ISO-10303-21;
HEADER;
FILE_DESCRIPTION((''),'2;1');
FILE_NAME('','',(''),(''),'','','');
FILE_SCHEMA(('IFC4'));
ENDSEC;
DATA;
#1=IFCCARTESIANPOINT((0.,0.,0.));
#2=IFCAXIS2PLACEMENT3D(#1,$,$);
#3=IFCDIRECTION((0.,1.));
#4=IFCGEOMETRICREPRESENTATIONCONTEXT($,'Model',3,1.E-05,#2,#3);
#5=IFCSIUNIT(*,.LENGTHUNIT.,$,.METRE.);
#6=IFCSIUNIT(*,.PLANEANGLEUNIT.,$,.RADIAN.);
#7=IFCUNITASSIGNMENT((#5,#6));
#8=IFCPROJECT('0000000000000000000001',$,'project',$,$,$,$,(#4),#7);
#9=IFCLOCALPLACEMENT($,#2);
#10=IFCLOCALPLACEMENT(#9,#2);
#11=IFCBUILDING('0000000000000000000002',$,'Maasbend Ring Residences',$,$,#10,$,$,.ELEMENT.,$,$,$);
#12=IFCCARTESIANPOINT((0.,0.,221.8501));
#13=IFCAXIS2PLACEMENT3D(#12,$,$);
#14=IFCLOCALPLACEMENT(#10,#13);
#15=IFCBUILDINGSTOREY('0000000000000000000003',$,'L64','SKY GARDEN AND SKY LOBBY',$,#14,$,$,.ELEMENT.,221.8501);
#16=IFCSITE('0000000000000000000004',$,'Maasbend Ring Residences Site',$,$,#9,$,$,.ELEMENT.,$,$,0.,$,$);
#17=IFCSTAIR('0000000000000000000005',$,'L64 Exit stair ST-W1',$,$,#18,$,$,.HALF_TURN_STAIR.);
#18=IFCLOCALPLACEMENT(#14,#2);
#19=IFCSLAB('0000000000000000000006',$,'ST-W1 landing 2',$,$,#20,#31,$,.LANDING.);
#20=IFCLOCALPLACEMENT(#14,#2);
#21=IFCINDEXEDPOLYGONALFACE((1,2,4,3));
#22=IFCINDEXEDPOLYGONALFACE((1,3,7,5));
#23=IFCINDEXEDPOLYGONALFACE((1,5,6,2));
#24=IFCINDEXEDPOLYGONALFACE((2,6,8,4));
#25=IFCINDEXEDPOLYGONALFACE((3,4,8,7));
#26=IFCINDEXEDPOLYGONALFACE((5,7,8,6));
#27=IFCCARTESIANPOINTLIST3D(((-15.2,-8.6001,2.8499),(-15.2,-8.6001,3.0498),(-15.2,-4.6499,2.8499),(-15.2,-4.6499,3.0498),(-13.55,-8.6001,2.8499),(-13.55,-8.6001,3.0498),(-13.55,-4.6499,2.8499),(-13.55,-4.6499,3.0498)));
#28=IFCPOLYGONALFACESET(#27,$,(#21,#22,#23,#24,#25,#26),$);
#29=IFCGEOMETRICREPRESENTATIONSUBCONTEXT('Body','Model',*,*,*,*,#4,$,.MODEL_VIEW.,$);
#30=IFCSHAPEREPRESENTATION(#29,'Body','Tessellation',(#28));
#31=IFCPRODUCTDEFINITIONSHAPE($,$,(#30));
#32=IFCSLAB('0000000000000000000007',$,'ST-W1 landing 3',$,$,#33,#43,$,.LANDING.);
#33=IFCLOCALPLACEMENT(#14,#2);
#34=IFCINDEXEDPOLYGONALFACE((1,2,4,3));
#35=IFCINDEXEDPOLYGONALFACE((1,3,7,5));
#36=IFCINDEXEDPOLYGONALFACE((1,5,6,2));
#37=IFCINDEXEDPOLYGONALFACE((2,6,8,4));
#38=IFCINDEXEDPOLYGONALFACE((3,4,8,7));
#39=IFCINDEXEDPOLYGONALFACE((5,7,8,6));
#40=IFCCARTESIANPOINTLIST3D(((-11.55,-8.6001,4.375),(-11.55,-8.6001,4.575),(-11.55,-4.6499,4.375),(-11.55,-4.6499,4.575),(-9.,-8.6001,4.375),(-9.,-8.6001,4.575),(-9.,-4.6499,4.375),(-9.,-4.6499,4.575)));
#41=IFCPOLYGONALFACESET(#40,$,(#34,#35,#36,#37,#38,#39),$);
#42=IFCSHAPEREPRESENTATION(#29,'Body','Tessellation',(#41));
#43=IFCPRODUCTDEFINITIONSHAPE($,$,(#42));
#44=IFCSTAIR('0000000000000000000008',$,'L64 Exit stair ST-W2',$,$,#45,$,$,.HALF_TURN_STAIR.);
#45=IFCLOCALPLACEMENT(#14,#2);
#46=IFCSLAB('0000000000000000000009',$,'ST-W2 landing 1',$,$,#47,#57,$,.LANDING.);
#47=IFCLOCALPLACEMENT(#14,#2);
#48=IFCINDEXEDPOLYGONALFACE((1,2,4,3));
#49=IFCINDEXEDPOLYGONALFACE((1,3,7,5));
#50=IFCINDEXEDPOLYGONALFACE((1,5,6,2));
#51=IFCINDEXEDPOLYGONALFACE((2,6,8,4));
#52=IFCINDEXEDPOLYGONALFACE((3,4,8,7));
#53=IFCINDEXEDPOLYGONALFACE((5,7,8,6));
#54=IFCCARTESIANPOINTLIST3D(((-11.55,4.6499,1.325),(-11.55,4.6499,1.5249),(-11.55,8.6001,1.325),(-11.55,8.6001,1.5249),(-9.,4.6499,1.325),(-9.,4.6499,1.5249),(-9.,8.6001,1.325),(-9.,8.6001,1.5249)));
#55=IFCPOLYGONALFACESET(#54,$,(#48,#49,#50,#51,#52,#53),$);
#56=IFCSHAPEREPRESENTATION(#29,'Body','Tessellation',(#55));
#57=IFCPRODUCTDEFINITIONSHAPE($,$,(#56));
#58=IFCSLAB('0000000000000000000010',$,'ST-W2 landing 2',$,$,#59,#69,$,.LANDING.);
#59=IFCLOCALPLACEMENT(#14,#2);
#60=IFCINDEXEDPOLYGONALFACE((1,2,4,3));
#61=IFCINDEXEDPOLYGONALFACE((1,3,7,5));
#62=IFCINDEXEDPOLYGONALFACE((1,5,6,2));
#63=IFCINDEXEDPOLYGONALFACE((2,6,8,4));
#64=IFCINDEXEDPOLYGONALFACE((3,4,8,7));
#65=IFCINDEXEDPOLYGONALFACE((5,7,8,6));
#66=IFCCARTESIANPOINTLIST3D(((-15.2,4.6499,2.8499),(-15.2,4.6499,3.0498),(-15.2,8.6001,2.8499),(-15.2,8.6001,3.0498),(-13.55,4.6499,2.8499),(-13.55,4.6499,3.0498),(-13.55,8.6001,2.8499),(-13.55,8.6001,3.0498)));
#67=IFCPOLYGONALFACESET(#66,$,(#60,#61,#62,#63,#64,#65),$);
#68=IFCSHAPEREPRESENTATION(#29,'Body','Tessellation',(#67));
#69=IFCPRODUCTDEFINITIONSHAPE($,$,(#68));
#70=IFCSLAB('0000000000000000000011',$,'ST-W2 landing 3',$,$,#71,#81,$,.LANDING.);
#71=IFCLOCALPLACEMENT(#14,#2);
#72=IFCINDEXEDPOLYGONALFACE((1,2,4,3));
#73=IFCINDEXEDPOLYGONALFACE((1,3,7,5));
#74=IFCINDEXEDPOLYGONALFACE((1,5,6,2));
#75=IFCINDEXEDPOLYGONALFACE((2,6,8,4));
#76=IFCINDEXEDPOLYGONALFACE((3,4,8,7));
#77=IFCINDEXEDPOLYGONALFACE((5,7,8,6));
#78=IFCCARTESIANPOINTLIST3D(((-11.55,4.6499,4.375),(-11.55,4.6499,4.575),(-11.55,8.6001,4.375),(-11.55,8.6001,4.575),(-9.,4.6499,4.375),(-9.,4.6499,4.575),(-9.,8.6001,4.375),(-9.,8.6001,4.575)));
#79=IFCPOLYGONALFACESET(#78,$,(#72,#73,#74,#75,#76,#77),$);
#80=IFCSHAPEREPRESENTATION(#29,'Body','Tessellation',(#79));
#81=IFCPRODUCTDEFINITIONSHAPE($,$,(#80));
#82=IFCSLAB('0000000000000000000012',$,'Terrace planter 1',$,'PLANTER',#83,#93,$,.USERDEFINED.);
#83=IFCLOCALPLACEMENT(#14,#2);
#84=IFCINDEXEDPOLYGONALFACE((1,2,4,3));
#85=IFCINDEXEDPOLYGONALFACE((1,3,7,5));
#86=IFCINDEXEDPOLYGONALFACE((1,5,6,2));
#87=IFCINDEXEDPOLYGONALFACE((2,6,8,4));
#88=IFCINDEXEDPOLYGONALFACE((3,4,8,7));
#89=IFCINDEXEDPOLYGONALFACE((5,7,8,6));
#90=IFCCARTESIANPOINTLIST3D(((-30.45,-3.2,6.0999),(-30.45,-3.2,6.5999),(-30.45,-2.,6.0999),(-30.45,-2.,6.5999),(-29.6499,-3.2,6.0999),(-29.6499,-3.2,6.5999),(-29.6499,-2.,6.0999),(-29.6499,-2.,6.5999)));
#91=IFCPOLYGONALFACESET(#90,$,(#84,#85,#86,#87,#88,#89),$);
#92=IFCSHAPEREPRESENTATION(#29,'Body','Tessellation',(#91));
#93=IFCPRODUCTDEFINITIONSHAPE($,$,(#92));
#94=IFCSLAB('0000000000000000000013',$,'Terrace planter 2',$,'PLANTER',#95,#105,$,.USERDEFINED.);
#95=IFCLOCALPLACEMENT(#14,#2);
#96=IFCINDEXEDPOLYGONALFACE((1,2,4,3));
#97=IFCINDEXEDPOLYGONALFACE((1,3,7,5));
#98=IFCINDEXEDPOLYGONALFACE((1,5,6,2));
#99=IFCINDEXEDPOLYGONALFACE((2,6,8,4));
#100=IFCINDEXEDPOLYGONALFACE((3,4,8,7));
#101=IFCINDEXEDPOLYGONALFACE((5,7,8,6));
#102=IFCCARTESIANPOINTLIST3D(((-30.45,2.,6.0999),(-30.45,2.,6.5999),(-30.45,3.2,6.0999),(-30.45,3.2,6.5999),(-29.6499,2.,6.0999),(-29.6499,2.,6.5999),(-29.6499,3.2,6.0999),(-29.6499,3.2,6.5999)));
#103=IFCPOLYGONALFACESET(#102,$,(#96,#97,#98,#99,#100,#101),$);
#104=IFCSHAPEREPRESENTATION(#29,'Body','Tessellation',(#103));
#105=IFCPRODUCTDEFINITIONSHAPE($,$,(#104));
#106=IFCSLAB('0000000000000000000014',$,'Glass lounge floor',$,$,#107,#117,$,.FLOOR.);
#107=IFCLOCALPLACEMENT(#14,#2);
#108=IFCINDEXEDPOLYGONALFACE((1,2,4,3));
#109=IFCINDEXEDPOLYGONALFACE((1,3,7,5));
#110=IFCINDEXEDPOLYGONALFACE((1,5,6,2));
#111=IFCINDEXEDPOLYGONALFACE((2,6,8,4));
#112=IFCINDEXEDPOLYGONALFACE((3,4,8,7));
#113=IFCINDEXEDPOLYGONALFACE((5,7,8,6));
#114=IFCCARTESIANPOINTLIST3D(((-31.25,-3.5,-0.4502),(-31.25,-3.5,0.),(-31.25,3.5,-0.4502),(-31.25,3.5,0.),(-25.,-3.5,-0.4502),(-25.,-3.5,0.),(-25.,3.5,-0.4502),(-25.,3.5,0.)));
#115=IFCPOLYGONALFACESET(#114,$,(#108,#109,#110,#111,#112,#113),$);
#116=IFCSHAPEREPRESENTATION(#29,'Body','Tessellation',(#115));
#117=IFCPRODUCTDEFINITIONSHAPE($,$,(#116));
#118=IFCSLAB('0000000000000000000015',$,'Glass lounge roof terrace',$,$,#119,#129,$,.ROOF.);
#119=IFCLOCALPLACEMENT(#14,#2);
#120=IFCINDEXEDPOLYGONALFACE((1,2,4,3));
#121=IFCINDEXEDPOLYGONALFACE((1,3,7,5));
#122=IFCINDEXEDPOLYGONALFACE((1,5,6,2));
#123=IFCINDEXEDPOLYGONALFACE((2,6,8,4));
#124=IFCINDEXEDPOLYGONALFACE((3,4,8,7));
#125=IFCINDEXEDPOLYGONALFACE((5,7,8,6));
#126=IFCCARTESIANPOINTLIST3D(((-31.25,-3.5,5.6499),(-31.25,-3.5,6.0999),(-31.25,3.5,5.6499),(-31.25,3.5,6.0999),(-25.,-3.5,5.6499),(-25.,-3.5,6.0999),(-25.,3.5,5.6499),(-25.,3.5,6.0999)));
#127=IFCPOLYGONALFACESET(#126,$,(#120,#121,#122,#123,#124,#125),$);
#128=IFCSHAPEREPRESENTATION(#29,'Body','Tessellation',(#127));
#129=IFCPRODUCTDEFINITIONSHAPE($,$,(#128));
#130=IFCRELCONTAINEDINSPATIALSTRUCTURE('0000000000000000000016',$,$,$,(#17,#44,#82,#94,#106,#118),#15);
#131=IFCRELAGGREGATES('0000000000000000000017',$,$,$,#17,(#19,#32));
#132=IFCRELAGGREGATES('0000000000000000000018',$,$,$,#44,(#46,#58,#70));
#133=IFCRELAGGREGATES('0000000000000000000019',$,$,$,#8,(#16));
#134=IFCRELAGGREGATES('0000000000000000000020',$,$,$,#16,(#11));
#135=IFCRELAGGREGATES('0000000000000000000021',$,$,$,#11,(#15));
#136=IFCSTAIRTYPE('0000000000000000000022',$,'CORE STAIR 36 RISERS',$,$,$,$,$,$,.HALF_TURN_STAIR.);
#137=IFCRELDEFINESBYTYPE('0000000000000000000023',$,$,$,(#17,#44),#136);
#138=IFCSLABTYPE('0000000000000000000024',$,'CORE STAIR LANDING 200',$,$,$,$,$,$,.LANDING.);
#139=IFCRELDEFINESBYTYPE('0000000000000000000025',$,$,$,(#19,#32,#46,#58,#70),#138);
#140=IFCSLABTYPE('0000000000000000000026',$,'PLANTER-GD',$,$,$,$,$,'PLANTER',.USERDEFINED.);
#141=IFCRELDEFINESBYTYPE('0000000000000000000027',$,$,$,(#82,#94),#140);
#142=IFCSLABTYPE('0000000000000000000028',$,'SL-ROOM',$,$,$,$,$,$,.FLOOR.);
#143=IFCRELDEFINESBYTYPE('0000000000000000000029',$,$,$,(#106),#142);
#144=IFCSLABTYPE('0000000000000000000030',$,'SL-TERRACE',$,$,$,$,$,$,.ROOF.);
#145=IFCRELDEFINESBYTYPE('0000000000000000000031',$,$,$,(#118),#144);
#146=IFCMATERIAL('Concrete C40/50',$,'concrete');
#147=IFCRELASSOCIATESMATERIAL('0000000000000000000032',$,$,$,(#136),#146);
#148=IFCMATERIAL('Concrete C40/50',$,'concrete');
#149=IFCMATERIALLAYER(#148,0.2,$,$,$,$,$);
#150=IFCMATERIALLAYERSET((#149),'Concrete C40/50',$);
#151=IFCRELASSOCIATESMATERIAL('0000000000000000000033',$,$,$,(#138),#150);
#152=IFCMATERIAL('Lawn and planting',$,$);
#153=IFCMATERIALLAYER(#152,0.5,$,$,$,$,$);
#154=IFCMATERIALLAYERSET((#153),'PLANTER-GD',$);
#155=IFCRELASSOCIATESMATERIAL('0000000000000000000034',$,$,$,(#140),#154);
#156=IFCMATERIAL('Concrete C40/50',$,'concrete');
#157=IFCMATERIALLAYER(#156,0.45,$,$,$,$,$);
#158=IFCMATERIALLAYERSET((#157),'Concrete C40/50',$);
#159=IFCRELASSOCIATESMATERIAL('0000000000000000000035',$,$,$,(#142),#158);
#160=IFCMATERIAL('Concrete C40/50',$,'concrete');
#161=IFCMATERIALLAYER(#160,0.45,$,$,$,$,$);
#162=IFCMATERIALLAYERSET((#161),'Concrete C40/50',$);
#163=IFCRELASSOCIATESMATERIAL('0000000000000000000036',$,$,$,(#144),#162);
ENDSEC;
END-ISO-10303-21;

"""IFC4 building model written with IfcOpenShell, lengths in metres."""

from ifc_helpers import new_model, si_unit, direction, frame, origin, place, context, subcontext, project, spatial, polyline, outline, extrude, material, layer, layer_set, type_object, element, aggregate, save


model = new_model("IFC4")

# Units and contexts
model_context = context("Model", 3, precision=1e-05, world=origin(), true_north=direction((0.0, 1.0)))
body_context = subcontext(model_context, "Body", "Model", "MODEL_VIEW")
ifc_project = project(units=[si_unit("LENGTHUNIT", "METRE"), si_unit("PLANEANGLEUNIT", "RADIAN")], contexts=[model_context])

# Site, building, storey
site_placement = place(None, origin())
site = spatial("IfcSite", under=ifc_project, at=site_placement, Name="Maasbend Ring Residences Site", CompositionType="ELEMENT", RefElevation=0.0)
building_placement = place(site_placement, origin())
building = spatial("IfcBuilding", under=site, at=building_placement, Name="Maasbend Ring Residences", CompositionType="ELEMENT")
storey_placement = place(building_placement, frame((0.0, 0.0, 221.8501)))
storey = spatial("IfcBuildingStorey", under=building, at=storey_placement, Name="L64", Description="SKY GARDEN AND SKY LOBBY", CompositionType="ELEMENT", Elevation=221.8501)

# Stairs, slabs
ifc_material_1 = material(Name="Concrete C40/50", Category="concrete")
stair_type = type_object("IfcStairType", Name="CORE STAIR 36 RISERS", PredefinedType="HALF_TURN_STAIR", material=ifc_material_1)
ifc_material_2 = material(Name="Concrete C40/50", Category="concrete")
ifc_layer_1 = layer(ifc_material_2, 0.2)
ifc_layer_set_1 = layer_set([ifc_layer_1], Name="Concrete C40/50")
slab_type_1 = type_object("IfcSlabType", Name="CORE STAIR LANDING 200", PredefinedType="LANDING", material=ifc_layer_set_1)
stair_1_placement = place(storey_placement, origin())
stair_1 = element("IfcStair", 1, at=stair_1_placement, inside=storey, type_object=stair_type, Name="L64 Exit stair ST-W1", PredefinedType="HALF_TURN_STAIR")
slab_1_placement = place(storey_placement, frame((0.0, 0.0, 2.8499)))
slab_1 = element("IfcSlab", 2, at=slab_1_placement, type_object=slab_type_1, Name="ST-W1 landing 2", PredefinedType="LANDING", context=body_context, shape_type="SweptSolid", body=[
    extrude(outline(polyline([(-15.2, -8.6001), (-13.55, -8.6001), (-13.55, -4.6499), (-15.2, -4.6499), (-15.2, -8.6001)])), origin(), (0.0, 0.0, 1.0), 0.2),
])
slab_2_placement = place(storey_placement, frame((0.0, 0.0, 4.375)))
slab_2 = element("IfcSlab", 3, at=slab_2_placement, type_object=slab_type_1, Name="ST-W1 landing 3", PredefinedType="LANDING", context=body_context, shape_type="SweptSolid", body=[
    extrude(outline(polyline([(-11.55, -8.6001), (-9.0, -8.6001), (-9.0, -4.6499), (-11.55, -4.6499), (-11.55, -8.6001)])), origin(), (0.0, 0.0, 1.0), 0.2),
])
aggregate(stair_1, [slab_1, slab_2])
stair_2_placement = place(storey_placement, origin())
stair_2 = element("IfcStair", 4, at=stair_2_placement, inside=storey, type_object=stair_type, Name="L64 Exit stair ST-W2", PredefinedType="HALF_TURN_STAIR")
slab_3_placement = place(storey_placement, frame((0.0, 0.0, 1.325)))
slab_3 = element("IfcSlab", 5, at=slab_3_placement, type_object=slab_type_1, Name="ST-W2 landing 1", PredefinedType="LANDING", context=body_context, shape_type="SweptSolid", body=[
    extrude(outline(polyline([(-11.55, 4.6499), (-9.0, 4.6499), (-9.0, 8.6001), (-11.55, 8.6001), (-11.55, 4.6499)])), origin(), (0.0, 0.0, 1.0), 0.2),
])
slab_4_placement = place(storey_placement, frame((0.0, 0.0, 2.8499)))
slab_4 = element("IfcSlab", 6, at=slab_4_placement, type_object=slab_type_1, Name="ST-W2 landing 2", PredefinedType="LANDING", context=body_context, shape_type="SweptSolid", body=[
    extrude(outline(polyline([(-15.2, 4.6499), (-13.55, 4.6499), (-13.55, 8.6001), (-15.2, 8.6001), (-15.2, 4.6499)])), origin(), (0.0, 0.0, 1.0), 0.2),
])
slab_5_placement = place(storey_placement, frame((0.0, 0.0, 4.375)))
slab_5 = element("IfcSlab", 7, at=slab_5_placement, type_object=slab_type_1, Name="ST-W2 landing 3", PredefinedType="LANDING", context=body_context, shape_type="SweptSolid", body=[
    extrude(outline(polyline([(-11.55, 4.6499), (-9.0, 4.6499), (-9.0, 8.6001), (-11.55, 8.6001), (-11.55, 4.6499)])), origin(), (0.0, 0.0, 1.0), 0.2),
])
aggregate(stair_2, [slab_3, slab_4, slab_5])

# Slabs
ifc_material_3 = material(Name="Lawn and planting")
ifc_layer_2 = layer(ifc_material_3, 0.5)
ifc_layer_set_2 = layer_set([ifc_layer_2], Name="PLANTER-GD")
slab_type_2 = type_object("IfcSlabType", Name="PLANTER-GD", ElementType="PLANTER", PredefinedType="USERDEFINED", material=ifc_layer_set_2)
slab_6_placement = place(storey_placement, frame((0.0, 0.0, 6.0999)))
element("IfcSlab", 8, at=slab_6_placement, inside=storey, type_object=slab_type_2, Name="Terrace planter 1", ObjectType="PLANTER", PredefinedType="USERDEFINED", context=body_context, shape_type="SweptSolid", body=[
    extrude(outline(polyline([(-30.45, -3.2), (-29.6499, -3.2), (-29.6499, -2.0), (-30.45, -2.0), (-30.45, -3.2)])), origin(), (0.0, 0.0, 1.0), 0.5),
])
slab_7_placement = place(storey_placement, frame((0.0, 0.0, 6.0999)))
element("IfcSlab", 9, at=slab_7_placement, inside=storey, type_object=slab_type_2, Name="Terrace planter 2", ObjectType="PLANTER", PredefinedType="USERDEFINED", context=body_context, shape_type="SweptSolid", body=[
    extrude(outline(polyline([(-30.45, 2.0), (-29.6499, 2.0), (-29.6499, 3.2), (-30.45, 3.2), (-30.45, 2.0)])), origin(), (0.0, 0.0, 1.0), 0.5),
])
ifc_material_4 = material(Name="Concrete C40/50", Category="concrete")
ifc_layer_3 = layer(ifc_material_4, 0.45)
ifc_layer_set_3 = layer_set([ifc_layer_3], Name="Concrete C40/50")
slab_type_3 = type_object("IfcSlabType", Name="SL-ROOM", PredefinedType="FLOOR", material=ifc_layer_set_3)
slab_8_placement = place(storey_placement, frame((0.0, 0.0, -0.4502)))
element("IfcSlab", 10, at=slab_8_placement, inside=storey, type_object=slab_type_3, Name="Glass lounge floor", PredefinedType="FLOOR", context=body_context, shape_type="SweptSolid", body=[
    extrude(outline(polyline([(-31.25, -3.5), (-25.0, -3.5), (-25.0, 3.5), (-31.25, 3.5), (-31.25, -3.5)])), origin(), (0.0, 0.0, 1.0), 0.4502),
])
ifc_material_5 = material(Name="Concrete C40/50", Category="concrete")
ifc_layer_4 = layer(ifc_material_5, 0.45)
ifc_layer_set_4 = layer_set([ifc_layer_4], Name="Concrete C40/50")
slab_type_4 = type_object("IfcSlabType", Name="SL-TERRACE", PredefinedType="ROOF", material=ifc_layer_set_4)
slab_9_placement = place(storey_placement, frame((0.0, 0.0, 5.6499)))
element("IfcSlab", 11, at=slab_9_placement, inside=storey, type_object=slab_type_4, Name="Glass lounge roof terrace", PredefinedType="ROOF", context=body_context, shape_type="SweptSolid", body=[
    extrude(outline(polyline([(-31.25, -3.5), (-25.0, -3.5), (-25.0, 3.5), (-31.25, 3.5), (-31.25, -3.5)])), origin(), (0.0, 0.0, 1.0), 0.45),
])

save(model, "model.ifc")
